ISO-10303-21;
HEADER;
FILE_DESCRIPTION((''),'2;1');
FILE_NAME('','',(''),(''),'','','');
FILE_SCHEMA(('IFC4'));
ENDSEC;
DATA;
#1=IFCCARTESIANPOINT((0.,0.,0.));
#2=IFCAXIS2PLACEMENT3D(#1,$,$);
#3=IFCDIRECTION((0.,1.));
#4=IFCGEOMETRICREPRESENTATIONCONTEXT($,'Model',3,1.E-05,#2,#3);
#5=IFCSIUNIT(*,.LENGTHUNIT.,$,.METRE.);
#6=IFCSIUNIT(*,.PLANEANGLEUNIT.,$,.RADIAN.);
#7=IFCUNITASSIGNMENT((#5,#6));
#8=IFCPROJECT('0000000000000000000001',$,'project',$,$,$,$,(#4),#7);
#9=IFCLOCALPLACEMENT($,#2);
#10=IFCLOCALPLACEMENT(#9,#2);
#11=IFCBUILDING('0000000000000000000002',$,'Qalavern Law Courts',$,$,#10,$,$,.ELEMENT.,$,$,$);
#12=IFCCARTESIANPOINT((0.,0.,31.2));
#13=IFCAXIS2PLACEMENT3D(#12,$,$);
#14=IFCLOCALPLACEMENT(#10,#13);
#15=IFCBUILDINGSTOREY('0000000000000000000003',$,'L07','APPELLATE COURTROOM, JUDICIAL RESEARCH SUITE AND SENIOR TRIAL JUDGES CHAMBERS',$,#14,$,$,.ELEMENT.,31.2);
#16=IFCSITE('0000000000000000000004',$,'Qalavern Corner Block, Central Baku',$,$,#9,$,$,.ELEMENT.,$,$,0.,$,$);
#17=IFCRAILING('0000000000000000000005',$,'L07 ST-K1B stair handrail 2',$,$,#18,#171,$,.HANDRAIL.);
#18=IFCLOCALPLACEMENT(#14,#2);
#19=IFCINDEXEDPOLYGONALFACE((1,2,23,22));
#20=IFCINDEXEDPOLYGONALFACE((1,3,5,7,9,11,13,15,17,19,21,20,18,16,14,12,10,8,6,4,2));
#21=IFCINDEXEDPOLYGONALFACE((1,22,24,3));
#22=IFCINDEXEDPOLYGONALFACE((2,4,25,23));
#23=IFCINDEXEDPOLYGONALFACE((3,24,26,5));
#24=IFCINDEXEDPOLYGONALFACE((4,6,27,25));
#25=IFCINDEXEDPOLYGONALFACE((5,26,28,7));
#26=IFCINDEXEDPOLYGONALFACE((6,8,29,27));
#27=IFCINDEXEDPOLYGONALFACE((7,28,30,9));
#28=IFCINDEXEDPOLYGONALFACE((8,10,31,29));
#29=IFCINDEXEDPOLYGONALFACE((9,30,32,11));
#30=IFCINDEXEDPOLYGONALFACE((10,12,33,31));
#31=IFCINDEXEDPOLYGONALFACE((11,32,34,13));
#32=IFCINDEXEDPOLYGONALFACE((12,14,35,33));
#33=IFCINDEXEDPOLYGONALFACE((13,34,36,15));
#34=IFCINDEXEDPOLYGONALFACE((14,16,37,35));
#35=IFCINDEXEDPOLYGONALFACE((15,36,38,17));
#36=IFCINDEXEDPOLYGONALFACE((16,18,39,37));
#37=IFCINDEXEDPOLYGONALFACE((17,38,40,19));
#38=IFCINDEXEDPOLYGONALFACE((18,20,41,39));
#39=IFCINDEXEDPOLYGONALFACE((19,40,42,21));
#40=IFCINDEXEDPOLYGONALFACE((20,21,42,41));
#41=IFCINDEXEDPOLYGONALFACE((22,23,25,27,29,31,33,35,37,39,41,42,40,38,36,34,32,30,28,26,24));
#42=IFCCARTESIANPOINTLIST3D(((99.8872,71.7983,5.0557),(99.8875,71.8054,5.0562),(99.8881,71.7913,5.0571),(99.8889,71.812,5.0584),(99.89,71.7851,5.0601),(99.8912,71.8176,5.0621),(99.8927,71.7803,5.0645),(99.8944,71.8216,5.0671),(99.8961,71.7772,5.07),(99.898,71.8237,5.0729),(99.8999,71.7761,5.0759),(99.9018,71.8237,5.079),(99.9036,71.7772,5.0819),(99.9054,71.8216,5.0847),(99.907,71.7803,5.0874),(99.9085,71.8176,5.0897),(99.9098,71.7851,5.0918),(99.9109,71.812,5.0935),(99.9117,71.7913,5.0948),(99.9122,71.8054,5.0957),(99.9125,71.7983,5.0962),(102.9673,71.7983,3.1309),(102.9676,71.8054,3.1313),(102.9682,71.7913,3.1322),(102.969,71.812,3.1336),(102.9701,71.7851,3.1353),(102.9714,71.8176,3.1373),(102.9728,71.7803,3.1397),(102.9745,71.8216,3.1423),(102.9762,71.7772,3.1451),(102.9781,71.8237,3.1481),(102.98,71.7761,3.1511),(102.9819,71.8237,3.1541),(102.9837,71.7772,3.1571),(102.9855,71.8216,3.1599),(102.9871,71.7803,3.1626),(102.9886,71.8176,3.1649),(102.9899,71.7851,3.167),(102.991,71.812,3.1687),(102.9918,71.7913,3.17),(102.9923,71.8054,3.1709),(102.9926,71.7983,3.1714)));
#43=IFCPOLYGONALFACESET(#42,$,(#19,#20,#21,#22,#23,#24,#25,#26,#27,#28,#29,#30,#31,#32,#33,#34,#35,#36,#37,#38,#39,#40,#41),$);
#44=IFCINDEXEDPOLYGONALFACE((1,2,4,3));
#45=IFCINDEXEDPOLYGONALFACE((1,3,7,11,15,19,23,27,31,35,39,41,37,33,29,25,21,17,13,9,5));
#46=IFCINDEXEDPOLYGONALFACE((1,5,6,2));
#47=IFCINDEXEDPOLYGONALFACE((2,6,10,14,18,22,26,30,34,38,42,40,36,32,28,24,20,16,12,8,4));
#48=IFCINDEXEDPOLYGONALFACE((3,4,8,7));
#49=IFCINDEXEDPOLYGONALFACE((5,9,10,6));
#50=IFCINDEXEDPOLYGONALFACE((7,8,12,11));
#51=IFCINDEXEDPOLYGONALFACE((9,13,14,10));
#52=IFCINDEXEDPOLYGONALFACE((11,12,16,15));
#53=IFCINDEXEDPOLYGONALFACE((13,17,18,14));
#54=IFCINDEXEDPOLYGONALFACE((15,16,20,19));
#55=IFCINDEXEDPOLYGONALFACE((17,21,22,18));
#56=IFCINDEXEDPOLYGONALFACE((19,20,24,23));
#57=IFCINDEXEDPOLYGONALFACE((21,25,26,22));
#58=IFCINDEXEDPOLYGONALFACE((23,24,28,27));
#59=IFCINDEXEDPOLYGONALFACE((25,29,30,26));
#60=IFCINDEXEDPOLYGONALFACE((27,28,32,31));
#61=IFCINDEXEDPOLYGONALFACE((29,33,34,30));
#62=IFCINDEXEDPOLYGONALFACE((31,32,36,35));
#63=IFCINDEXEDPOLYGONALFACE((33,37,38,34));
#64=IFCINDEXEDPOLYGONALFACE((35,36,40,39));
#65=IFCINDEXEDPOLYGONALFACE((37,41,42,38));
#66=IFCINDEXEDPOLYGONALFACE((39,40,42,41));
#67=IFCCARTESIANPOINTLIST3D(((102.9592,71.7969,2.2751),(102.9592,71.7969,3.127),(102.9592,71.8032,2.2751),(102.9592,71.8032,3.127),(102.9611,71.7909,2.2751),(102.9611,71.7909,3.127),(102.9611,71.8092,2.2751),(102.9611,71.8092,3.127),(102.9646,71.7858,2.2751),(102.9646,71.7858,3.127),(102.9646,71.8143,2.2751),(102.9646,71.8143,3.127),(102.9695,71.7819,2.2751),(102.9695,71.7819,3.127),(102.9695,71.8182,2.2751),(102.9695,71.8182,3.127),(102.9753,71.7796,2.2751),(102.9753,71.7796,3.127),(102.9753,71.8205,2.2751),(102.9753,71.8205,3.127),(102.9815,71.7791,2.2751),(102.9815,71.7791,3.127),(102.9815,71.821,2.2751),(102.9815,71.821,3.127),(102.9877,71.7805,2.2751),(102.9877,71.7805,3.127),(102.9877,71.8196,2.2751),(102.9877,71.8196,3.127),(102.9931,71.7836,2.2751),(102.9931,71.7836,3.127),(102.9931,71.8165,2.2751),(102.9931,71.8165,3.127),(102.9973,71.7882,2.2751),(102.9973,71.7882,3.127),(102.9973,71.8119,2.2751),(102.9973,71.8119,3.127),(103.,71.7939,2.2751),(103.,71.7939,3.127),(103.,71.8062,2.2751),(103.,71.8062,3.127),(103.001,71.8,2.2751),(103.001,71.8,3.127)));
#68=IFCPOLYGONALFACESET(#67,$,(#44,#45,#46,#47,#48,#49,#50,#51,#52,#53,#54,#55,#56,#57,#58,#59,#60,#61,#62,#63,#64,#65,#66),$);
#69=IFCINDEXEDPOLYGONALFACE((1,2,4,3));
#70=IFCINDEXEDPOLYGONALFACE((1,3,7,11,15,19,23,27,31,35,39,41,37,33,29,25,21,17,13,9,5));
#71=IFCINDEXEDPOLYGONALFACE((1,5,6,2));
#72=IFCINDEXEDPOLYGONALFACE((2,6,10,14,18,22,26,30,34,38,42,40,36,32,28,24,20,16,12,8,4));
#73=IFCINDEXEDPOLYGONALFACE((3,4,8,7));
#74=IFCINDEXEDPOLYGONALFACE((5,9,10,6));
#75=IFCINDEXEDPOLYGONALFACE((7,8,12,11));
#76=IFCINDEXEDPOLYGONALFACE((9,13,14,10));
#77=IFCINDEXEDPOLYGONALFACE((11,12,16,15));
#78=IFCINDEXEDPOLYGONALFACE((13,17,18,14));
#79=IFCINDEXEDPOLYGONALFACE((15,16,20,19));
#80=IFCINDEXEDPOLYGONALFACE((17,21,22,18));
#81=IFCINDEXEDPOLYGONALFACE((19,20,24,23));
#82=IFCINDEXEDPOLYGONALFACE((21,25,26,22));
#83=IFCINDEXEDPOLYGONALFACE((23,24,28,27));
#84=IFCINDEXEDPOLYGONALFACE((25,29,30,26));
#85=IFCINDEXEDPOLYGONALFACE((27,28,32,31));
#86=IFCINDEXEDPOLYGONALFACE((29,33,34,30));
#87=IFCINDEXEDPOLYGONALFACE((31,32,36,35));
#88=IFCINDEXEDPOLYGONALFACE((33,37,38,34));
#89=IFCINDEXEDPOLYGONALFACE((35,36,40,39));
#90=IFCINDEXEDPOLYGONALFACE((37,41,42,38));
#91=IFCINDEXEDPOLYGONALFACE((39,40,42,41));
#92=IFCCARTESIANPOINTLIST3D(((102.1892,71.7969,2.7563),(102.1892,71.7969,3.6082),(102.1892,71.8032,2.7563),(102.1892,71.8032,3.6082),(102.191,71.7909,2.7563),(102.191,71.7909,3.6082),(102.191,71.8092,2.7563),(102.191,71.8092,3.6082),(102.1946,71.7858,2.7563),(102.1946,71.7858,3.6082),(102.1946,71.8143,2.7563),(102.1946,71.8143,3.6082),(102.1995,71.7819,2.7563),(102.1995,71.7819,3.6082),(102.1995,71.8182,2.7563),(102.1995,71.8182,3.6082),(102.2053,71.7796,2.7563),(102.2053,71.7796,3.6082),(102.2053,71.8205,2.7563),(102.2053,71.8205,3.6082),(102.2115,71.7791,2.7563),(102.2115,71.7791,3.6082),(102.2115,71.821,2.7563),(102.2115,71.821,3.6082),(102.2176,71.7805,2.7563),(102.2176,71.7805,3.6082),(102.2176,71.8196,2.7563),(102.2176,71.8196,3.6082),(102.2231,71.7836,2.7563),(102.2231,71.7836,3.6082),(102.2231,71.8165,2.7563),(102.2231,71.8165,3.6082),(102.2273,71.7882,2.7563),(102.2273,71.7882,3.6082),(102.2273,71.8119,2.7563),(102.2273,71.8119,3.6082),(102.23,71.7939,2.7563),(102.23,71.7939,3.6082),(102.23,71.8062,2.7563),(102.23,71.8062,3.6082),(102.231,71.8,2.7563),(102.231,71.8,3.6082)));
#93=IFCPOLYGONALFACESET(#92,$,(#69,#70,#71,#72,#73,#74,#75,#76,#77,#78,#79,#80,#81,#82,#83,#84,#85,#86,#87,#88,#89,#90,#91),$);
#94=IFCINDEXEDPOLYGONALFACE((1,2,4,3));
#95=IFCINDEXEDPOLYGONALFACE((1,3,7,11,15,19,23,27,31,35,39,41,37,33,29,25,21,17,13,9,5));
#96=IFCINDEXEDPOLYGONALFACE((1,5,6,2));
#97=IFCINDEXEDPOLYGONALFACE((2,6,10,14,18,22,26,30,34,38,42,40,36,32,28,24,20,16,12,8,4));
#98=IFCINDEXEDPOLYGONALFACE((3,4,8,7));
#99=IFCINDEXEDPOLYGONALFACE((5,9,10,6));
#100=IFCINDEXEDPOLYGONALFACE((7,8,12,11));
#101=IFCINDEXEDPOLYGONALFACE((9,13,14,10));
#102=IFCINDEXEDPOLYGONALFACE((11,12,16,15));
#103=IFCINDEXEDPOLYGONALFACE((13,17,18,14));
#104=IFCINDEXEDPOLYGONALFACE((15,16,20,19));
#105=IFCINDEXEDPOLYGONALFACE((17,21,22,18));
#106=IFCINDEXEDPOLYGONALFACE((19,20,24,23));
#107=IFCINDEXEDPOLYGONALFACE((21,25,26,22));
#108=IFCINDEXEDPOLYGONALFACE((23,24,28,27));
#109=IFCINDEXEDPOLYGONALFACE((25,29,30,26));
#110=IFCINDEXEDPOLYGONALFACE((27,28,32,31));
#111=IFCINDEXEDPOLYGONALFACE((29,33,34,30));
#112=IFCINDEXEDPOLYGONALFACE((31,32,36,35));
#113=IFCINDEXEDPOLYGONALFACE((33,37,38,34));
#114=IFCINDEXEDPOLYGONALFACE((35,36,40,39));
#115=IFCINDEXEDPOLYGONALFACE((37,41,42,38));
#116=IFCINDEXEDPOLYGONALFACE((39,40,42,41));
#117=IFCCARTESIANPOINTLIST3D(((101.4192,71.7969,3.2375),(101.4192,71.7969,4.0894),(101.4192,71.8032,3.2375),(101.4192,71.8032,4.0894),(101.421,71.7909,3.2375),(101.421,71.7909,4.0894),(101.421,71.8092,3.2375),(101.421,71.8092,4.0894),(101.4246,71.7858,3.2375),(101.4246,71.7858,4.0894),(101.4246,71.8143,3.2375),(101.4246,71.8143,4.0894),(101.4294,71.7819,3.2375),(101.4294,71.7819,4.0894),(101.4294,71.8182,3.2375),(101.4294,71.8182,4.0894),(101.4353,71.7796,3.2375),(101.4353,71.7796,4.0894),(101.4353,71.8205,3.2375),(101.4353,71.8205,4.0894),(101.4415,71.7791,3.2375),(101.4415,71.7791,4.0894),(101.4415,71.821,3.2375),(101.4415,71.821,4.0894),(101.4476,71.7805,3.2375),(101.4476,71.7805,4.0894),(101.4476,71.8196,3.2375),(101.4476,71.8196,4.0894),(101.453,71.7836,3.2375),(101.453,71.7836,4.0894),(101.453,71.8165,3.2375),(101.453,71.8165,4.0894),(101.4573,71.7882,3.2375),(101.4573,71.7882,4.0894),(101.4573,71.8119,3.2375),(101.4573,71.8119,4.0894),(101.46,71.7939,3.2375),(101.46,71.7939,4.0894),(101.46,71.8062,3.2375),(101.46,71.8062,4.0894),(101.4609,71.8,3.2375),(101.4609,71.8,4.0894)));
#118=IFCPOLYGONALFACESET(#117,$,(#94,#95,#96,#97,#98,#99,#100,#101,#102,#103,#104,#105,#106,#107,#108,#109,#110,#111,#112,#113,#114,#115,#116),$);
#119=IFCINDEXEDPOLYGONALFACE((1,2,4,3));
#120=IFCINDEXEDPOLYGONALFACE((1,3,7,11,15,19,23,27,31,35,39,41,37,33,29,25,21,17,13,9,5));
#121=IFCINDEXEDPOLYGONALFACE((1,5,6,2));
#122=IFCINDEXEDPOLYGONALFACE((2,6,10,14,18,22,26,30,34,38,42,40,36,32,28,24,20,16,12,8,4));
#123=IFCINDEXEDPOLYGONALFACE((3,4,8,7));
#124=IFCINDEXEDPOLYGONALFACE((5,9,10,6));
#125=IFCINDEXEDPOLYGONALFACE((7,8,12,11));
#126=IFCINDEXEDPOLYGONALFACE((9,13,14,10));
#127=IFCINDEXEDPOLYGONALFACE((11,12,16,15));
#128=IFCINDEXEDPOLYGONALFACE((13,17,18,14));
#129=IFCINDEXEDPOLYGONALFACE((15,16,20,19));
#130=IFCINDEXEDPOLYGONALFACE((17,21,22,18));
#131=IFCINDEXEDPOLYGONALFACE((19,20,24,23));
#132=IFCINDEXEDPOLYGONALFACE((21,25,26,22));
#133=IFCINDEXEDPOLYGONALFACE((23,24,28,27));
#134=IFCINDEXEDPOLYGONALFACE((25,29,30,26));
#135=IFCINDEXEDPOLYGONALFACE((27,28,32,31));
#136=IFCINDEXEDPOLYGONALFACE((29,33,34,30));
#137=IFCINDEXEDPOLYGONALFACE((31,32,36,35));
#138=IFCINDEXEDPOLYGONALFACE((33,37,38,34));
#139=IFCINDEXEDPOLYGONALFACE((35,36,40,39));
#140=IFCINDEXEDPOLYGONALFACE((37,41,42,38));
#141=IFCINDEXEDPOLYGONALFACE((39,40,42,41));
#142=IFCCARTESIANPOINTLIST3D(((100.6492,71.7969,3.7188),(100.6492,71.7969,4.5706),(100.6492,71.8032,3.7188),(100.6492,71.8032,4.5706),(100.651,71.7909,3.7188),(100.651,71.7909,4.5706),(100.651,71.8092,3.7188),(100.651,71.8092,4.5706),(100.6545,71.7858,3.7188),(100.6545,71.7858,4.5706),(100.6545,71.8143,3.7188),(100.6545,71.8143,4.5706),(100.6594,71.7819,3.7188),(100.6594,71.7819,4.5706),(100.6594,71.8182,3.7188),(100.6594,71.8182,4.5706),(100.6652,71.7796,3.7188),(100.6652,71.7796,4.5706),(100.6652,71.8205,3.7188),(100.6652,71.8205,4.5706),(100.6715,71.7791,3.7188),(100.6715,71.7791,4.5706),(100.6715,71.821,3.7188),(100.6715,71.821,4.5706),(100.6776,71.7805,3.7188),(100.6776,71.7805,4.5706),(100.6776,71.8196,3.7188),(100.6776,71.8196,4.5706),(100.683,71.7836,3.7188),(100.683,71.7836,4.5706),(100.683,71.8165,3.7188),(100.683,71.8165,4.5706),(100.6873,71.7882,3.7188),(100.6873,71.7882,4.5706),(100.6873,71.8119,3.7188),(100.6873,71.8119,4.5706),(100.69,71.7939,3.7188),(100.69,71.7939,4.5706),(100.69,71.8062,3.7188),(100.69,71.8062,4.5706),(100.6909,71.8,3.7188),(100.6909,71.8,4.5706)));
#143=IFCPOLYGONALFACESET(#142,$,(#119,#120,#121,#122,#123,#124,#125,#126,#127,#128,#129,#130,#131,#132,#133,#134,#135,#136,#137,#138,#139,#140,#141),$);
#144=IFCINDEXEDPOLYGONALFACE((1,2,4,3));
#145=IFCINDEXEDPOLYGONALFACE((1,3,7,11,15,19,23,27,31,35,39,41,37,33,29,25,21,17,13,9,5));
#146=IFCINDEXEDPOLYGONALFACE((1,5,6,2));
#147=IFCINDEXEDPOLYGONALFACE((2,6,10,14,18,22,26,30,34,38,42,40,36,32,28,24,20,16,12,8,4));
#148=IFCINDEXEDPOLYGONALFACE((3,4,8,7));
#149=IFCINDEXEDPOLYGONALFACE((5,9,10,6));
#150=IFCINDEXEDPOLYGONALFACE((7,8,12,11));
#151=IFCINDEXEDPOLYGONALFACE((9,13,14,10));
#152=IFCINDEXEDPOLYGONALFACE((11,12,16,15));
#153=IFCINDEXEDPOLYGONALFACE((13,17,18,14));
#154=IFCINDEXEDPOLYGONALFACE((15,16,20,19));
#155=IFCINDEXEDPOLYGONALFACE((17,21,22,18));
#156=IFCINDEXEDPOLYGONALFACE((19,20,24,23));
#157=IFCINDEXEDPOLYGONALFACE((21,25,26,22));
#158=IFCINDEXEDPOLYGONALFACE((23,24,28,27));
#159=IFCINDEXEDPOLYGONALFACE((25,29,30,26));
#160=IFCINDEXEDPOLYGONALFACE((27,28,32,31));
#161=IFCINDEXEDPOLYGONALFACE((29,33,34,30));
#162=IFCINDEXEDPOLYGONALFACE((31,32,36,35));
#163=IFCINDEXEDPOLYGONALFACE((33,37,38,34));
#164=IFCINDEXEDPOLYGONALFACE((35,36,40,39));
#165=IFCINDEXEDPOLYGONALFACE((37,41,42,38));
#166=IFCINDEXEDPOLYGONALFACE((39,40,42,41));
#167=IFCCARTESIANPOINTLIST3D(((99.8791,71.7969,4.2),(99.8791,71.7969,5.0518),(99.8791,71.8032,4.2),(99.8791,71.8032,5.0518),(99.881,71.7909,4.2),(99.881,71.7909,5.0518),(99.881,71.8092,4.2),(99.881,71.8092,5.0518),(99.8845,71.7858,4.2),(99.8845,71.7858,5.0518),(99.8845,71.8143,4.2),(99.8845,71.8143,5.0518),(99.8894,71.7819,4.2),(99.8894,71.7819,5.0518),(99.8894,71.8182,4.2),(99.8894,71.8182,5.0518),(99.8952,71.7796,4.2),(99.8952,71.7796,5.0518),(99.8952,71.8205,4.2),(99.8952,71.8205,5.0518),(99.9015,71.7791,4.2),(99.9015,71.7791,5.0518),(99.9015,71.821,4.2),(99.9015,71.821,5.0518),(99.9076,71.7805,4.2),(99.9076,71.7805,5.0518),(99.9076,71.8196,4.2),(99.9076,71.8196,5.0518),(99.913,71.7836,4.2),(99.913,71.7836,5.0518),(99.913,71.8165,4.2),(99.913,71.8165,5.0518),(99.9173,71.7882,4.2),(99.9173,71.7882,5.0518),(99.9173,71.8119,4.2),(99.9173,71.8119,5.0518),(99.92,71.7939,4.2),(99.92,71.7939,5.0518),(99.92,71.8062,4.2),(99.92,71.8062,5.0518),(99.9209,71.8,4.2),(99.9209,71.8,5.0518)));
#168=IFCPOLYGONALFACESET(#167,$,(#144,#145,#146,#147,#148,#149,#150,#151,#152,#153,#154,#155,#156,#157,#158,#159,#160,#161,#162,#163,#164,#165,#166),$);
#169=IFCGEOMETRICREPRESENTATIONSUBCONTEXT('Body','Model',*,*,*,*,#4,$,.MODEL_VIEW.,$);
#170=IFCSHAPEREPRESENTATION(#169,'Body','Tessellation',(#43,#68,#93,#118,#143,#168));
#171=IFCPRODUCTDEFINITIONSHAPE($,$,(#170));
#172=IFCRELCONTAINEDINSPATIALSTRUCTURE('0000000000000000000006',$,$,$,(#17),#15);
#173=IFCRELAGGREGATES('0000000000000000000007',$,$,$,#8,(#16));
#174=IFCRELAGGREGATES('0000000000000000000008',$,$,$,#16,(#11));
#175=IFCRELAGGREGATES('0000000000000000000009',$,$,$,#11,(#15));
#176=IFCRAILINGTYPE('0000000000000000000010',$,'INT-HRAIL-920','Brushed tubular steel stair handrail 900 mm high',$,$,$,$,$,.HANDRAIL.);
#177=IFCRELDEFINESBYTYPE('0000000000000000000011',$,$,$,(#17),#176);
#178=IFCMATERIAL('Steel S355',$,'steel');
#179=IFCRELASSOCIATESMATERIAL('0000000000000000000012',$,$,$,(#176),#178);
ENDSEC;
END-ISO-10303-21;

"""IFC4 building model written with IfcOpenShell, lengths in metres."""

from ifc_helpers import new_model, si_unit, direction, frame, origin, origin_2d, place, context, subcontext, project, spatial, circle, extrude, material, type_object, element, save


model = new_model("IFC4")

# Units and contexts
model_context = context("Model", 3, precision=1e-05, world=origin(), true_north=direction((0.0, 1.0)))
body_context = subcontext(model_context, "Body", "Model", "MODEL_VIEW")
ifc_project = project(units=[si_unit("LENGTHUNIT", "METRE"), si_unit("PLANEANGLEUNIT", "RADIAN")], contexts=[model_context])

# Site, building, storey
site_placement = place(None, origin())
site = spatial("IfcSite", under=ifc_project, at=site_placement, Name="Qalavern Corner Block, Central Baku", CompositionType="ELEMENT", RefElevation=0.0)
building_placement = place(site_placement, origin())
building = spatial("IfcBuilding", under=site, at=building_placement, Name="Qalavern Law Courts", CompositionType="ELEMENT")
storey_placement = place(building_placement, frame((0.0, 0.0, 31.2)))
storey = spatial("IfcBuildingStorey", under=building, at=storey_placement, Name="L07", Description="APPELLATE COURTROOM, JUDICIAL RESEARCH SUITE AND SENIOR TRIAL JUDGES CHAMBERS", CompositionType="ELEMENT", Elevation=31.2)

# Shared definitions
ifc_material_1 = material(Name="Steel S355", Category="steel")

# Railing
railing_type_1 = type_object("IfcRailingType", Name="INT-HRAIL-920", Description="Brushed tubular steel stair handrail 900 mm high", PredefinedType="HANDRAIL", material=ifc_material_1)
railing_1_placement = place(storey_placement, frame((102.98, 71.8, 2.2751)))
element("IfcRailing", 1, at=railing_1_placement, inside=storey, type_object=railing_type_1, Name="L07 ST-K1B stair handrail 2", PredefinedType="HANDRAIL", context=body_context, shape_type="SweptSolid", body=[
    extrude(circle(Radius=0.0239, at=origin_2d()), frame((0.0, 0.0, 0.876), z_axis=(-0.848029, 0.0, 0.529951), x_axis=(0.0, -1.0, 0.0)), (0.0, 0.0, 1.0), 3.6321),
    extrude(circle(Radius=0.021, at=origin_2d()), origin(), (0.0, 0.0, 1.0), 0.8518),
    extrude(circle(Radius=0.021, at=origin_2d()), frame((-0.77, 0.0, 0.4812)), (0.0, 0.0, 1.0), 0.8518),
    extrude(circle(Radius=0.021, at=origin_2d()), frame((-1.54, 0.0, 0.9624)), (0.0, 0.0, 1.0), 0.8518),
    extrude(circle(Radius=0.021, at=origin_2d()), frame((-2.3101, 0.0, 1.4436)), (0.0, 0.0, 1.0), 0.8518),
    extrude(circle(Radius=0.021, at=origin_2d()), frame((-3.0801, 0.0, 1.9248)), (0.0, 0.0, 1.0), 0.8518),
])

save(model, "model.ifc")
